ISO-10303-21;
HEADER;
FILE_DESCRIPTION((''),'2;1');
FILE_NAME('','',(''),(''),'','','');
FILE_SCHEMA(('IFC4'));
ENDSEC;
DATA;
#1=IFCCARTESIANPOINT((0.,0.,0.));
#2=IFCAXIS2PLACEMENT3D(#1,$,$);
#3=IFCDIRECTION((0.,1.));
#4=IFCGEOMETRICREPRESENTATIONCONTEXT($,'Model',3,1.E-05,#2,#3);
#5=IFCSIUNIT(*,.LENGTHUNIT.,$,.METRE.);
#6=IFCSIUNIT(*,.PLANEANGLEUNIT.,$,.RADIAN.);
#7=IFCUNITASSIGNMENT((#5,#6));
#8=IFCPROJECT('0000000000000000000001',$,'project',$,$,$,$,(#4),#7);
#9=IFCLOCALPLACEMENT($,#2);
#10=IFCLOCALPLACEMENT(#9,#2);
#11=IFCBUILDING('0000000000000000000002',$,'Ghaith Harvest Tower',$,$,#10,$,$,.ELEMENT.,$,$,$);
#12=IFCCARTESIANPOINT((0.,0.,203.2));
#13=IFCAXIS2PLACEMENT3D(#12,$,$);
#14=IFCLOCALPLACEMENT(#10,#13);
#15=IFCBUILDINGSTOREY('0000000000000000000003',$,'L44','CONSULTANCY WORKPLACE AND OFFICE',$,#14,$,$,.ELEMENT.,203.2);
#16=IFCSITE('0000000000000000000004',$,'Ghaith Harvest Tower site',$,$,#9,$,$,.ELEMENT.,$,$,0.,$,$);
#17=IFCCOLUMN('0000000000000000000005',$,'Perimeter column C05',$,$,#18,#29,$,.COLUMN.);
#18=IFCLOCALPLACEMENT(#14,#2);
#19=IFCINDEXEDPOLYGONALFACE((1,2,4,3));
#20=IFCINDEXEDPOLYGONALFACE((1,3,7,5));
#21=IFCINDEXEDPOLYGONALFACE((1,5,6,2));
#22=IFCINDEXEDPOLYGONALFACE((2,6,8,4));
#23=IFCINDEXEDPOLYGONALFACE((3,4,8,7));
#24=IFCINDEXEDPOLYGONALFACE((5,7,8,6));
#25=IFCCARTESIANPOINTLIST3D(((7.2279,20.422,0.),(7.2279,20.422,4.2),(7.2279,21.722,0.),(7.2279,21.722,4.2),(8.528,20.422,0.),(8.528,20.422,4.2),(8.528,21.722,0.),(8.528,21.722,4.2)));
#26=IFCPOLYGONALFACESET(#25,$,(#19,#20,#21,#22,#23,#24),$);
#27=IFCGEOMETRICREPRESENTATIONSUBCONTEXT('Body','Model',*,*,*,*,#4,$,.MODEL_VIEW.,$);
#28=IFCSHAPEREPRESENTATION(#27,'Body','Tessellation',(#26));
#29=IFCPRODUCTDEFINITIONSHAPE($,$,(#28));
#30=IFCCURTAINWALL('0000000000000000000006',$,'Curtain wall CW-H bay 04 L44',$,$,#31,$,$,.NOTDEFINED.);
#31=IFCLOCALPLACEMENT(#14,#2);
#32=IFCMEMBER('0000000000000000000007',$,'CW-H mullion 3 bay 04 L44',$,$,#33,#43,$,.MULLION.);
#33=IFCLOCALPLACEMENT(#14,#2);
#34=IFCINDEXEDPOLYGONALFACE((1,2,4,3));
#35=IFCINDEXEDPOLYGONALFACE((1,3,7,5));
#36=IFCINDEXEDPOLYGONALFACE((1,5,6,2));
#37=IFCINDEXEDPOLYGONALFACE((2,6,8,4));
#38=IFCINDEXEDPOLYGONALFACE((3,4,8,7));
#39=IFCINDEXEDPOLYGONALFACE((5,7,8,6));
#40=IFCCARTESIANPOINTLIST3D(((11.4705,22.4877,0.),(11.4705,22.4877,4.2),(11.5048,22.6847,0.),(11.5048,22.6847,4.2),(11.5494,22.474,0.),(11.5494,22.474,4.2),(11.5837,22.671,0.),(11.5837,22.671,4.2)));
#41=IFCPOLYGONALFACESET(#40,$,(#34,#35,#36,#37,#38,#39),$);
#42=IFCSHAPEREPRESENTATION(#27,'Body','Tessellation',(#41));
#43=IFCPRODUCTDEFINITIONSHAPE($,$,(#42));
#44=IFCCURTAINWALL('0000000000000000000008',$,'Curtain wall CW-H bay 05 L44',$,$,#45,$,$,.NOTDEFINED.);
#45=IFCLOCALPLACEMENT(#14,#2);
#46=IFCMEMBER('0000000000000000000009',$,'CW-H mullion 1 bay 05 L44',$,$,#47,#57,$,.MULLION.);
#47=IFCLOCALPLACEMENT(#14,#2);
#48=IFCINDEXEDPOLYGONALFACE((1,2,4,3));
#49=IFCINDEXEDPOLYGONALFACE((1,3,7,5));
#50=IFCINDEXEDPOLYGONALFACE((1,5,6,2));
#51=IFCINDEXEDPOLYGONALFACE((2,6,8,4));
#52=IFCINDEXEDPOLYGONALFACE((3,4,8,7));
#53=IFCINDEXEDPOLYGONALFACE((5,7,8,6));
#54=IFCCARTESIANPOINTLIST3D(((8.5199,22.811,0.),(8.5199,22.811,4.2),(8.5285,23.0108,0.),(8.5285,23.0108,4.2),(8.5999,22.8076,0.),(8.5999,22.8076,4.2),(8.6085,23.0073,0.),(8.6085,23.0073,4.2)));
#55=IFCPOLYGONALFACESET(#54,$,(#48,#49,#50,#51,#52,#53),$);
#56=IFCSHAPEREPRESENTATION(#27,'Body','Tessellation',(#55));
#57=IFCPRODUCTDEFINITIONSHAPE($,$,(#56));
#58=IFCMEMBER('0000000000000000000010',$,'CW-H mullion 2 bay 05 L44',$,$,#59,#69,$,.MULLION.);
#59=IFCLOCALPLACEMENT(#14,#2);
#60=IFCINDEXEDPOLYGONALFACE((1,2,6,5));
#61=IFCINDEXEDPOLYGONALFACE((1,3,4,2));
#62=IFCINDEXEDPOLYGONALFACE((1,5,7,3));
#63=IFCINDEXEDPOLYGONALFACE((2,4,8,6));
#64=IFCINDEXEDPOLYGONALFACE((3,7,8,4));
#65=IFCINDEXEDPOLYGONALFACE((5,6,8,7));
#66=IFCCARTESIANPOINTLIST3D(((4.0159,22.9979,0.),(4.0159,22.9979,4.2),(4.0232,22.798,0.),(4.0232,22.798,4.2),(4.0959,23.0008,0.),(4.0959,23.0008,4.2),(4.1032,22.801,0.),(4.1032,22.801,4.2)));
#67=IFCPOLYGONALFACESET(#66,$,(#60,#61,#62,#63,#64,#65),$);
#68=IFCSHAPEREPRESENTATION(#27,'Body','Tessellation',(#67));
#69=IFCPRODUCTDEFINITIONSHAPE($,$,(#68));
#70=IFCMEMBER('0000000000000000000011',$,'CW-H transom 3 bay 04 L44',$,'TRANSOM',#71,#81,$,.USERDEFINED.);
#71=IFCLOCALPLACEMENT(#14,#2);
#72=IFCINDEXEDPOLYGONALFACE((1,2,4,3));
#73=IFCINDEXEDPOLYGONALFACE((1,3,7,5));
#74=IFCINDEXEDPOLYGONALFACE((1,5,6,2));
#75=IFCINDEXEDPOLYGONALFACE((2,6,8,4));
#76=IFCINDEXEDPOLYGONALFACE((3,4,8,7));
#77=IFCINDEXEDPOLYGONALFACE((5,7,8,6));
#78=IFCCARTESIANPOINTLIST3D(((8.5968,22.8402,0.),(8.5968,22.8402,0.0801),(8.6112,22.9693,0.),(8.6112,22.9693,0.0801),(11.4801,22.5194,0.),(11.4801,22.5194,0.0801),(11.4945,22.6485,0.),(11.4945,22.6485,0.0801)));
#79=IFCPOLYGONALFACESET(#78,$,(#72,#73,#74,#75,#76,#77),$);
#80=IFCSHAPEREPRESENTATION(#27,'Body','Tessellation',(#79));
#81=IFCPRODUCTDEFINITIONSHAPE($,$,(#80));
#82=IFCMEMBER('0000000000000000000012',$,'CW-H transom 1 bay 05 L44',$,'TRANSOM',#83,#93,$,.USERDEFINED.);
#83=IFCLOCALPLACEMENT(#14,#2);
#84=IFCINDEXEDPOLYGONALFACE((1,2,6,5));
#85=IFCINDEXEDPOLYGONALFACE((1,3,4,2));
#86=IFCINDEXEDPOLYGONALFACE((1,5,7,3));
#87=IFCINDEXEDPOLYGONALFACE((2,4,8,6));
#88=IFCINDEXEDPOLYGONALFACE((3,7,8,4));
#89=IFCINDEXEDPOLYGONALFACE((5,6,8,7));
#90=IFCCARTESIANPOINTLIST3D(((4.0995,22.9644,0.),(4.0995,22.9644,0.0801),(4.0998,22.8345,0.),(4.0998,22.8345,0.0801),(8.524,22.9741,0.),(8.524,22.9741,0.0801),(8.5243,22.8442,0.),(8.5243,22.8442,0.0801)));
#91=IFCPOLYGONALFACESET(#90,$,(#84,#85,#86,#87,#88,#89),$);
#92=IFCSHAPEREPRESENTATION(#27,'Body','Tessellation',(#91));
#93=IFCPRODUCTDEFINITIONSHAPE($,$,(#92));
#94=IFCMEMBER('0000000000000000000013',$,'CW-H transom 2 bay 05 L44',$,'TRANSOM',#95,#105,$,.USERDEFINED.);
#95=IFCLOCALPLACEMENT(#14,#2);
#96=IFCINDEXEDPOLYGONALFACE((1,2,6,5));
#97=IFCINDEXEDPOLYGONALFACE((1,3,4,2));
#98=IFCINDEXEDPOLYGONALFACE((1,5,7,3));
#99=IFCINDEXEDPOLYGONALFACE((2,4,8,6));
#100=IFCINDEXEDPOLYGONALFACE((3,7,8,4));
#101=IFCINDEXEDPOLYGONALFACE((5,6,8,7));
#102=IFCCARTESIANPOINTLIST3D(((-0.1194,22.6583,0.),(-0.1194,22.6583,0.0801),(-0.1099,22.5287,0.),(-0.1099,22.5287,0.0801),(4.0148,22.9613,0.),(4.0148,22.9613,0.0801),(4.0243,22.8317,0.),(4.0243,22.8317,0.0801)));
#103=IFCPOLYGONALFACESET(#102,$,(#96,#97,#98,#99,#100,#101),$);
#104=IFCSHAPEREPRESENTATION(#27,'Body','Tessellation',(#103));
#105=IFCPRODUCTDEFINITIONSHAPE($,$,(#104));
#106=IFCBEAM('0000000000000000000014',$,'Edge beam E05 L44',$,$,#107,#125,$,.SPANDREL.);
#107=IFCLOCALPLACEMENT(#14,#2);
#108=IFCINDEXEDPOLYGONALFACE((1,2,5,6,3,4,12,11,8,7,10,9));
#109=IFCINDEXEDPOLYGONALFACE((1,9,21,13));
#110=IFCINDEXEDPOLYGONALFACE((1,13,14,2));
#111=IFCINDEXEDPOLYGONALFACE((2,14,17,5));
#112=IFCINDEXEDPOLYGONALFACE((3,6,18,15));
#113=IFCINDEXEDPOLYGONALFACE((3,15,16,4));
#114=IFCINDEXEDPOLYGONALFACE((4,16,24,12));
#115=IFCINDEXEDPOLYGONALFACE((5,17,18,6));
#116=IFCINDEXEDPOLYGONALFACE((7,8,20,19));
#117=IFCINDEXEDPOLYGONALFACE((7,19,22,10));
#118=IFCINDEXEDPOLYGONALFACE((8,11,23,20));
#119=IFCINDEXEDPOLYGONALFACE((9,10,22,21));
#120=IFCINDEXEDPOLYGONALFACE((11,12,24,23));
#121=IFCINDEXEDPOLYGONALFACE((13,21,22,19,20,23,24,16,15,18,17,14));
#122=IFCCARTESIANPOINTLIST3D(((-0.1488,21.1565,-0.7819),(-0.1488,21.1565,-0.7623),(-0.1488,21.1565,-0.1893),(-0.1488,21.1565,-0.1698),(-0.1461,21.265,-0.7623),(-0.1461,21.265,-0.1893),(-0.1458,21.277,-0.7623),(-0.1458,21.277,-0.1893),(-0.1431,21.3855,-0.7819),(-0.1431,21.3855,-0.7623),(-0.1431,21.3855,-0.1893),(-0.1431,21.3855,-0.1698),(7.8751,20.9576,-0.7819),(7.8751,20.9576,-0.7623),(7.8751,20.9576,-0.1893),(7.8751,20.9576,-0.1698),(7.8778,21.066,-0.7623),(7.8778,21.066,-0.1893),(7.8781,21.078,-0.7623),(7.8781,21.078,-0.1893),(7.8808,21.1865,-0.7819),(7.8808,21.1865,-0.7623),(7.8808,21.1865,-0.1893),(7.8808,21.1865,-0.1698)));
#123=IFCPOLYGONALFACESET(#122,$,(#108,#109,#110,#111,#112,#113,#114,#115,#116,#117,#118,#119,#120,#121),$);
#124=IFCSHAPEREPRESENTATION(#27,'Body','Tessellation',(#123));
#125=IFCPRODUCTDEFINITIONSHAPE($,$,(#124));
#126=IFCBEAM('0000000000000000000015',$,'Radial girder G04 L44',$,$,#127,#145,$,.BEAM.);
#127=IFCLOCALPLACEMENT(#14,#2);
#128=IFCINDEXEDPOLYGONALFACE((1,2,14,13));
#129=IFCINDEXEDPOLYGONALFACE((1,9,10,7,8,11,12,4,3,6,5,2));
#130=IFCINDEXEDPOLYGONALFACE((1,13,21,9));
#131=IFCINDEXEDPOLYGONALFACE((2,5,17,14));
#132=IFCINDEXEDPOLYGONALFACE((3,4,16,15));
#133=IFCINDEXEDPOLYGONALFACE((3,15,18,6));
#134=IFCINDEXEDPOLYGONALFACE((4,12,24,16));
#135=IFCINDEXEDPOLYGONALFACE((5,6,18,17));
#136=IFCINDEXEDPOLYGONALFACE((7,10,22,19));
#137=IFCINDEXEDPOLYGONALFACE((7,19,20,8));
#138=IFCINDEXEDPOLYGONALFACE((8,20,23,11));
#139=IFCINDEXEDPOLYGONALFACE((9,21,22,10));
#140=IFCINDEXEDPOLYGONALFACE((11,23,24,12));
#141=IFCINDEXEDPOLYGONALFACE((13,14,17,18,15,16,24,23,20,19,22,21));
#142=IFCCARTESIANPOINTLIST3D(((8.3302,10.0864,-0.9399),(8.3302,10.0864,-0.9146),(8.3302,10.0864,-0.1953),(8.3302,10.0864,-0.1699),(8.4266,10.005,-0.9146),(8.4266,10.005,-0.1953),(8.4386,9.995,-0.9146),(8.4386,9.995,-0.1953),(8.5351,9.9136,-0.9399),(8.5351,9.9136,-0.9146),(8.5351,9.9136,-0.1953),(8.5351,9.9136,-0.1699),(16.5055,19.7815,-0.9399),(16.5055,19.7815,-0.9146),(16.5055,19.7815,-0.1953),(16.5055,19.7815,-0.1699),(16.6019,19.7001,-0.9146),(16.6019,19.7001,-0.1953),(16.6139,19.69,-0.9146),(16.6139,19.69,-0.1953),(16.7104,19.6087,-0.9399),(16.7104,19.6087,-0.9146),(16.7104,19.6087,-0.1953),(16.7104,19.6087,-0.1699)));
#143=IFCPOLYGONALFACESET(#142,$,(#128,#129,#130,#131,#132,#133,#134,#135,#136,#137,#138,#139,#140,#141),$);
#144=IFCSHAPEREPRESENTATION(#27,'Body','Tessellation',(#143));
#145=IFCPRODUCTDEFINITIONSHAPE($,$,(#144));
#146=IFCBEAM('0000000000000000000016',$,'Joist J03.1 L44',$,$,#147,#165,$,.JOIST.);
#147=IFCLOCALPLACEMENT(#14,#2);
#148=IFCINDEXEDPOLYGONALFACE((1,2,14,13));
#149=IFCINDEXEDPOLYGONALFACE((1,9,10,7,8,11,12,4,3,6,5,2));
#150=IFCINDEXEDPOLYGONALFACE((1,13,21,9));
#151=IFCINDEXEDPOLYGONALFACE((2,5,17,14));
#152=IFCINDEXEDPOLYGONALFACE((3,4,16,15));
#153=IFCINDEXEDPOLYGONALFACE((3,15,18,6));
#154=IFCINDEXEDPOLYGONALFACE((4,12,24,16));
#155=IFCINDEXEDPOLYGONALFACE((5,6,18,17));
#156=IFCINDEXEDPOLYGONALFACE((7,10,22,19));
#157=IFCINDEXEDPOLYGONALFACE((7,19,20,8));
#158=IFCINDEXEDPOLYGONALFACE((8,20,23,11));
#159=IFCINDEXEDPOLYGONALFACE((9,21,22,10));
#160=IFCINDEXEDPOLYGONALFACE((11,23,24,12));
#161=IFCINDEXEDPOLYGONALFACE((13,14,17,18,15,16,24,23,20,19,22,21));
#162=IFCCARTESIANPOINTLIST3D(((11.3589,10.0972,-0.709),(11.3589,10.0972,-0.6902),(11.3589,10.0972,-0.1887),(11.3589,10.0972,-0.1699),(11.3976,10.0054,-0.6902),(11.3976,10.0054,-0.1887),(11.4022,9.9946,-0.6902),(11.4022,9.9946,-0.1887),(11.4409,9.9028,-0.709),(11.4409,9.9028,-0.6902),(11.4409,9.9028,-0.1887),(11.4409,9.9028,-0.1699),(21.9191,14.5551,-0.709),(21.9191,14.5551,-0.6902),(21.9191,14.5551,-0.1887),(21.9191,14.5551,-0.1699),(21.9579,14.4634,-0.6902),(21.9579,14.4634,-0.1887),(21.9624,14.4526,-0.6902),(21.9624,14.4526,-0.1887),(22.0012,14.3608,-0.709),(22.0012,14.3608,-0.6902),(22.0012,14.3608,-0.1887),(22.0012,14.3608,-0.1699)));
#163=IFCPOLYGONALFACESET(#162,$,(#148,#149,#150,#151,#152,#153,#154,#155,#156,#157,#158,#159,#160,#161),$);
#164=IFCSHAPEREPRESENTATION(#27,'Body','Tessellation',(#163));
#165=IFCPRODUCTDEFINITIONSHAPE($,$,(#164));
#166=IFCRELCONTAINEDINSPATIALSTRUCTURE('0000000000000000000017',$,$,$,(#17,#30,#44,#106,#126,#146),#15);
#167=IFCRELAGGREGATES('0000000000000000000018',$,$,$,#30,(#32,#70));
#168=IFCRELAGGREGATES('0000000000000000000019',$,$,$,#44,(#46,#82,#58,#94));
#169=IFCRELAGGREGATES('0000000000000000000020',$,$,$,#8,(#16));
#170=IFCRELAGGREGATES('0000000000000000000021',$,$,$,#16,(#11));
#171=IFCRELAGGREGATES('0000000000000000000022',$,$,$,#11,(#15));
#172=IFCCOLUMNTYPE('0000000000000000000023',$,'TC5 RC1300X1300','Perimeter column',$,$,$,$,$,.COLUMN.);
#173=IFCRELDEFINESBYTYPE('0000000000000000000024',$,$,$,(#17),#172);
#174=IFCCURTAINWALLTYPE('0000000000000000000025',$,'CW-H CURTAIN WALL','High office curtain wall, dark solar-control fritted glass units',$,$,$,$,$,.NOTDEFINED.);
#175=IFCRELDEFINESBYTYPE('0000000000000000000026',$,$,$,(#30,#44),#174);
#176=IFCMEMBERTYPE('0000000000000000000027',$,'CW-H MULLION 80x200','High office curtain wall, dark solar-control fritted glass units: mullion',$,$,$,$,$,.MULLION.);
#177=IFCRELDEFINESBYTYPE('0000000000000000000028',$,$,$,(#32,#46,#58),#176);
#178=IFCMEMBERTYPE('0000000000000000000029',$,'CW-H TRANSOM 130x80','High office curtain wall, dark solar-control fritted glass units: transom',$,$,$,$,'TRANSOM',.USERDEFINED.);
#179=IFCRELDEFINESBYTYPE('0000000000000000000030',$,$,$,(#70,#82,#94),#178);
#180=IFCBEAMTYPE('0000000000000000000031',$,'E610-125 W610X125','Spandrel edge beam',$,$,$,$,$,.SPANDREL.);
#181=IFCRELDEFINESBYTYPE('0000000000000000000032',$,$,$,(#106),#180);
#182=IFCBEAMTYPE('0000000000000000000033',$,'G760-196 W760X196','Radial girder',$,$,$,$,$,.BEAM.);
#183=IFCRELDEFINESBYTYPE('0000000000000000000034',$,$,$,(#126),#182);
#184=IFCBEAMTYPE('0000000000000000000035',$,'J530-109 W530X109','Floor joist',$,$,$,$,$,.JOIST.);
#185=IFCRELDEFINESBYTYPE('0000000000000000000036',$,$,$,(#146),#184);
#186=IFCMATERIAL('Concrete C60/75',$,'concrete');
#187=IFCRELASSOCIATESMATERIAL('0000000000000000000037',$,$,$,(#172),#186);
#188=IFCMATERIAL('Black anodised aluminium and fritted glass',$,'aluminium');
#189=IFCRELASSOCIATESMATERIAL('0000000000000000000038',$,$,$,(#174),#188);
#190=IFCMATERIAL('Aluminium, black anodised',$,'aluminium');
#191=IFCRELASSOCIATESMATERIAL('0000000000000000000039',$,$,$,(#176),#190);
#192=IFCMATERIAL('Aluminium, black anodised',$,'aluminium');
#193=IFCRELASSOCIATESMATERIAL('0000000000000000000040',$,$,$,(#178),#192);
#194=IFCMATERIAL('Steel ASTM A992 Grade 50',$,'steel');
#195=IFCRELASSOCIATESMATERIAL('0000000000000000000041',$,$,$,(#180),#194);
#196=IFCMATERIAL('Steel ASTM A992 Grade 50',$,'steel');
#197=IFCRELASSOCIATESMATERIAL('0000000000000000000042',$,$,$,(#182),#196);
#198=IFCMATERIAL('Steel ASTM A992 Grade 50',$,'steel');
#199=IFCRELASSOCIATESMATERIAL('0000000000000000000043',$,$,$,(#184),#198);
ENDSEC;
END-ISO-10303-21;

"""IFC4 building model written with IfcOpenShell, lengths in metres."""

from ifc_helpers import new_model, si_unit, direction, frame, origin, origin_2d, place, context, subcontext, project, spatial, rectangle, i_section, extrude, material, material_profile, profile_set, type_object, element, aggregate, save


model = new_model("IFC4")

# Units and contexts
model_context = context("Model", 3, precision=1e-05, world=origin(), true_north=direction((0.0, 1.0)))
body_context = subcontext(model_context, "Body", "Model", "MODEL_VIEW")
ifc_project = project(units=[si_unit("LENGTHUNIT", "METRE"), si_unit("PLANEANGLEUNIT", "RADIAN")], contexts=[model_context])

# Site, building, storey
site_placement = place(None, origin())
site = spatial("IfcSite", under=ifc_project, at=site_placement, Name="Ghaith Harvest Tower site", CompositionType="ELEMENT", RefElevation=0.0)
building_placement = place(site_placement, origin())
building = spatial("IfcBuilding", under=site, at=building_placement, Name="Ghaith Harvest Tower", CompositionType="ELEMENT")
storey_placement = place(building_placement, frame((0.0, 0.0, 203.2)))
storey = spatial("IfcBuildingStorey", under=building, at=storey_placement, Name="L44", Description="CONSULTANCY WORKPLACE AND OFFICE", CompositionType="ELEMENT", Elevation=203.2)

# Column
ifc_material_1 = material(Name="Concrete C60/75", Category="concrete")
ifc_material_profile_1 = material_profile(ifc_material_1, rectangle(XDim=1.3, YDim=1.3, at=origin_2d()), Name="RC1300X1300")
ifc_profile_set_1 = profile_set([ifc_material_profile_1], Name="Concrete C60/75")
column_type = type_object("IfcColumnType", Name="TC5 RC1300X1300", Description="Perimeter column", PredefinedType="COLUMN", material=ifc_profile_set_1)
column_placement = place(storey_placement, frame((7.8779, 21.072, 0.0), z_axis=(0.0, 0.0, 1.0), x_axis=(1.0, 0.0, 0.0)))
element("IfcColumn", 1, at=column_placement, inside=storey, type_object=column_type, Name="Perimeter column C05", PredefinedType="COLUMN", context=body_context, shape_type="SweptSolid", body=[
    extrude(rectangle(XDim=1.3, YDim=1.3, at=origin_2d()), origin(), (0.0, 0.0, 1.0), 4.2),
])

# Curtain wall, member
ifc_material_2 = material(Name="Black anodised aluminium and fritted glass", Category="aluminium")
curtain_wall_type = type_object("IfcCurtainWallType", Name="CW-H CURTAIN WALL", Description="High office curtain wall, dark solar-control fritted glass units", PredefinedType="NOTDEFINED", material=ifc_material_2)
curtain_wall_1_placement = place(storey_placement, origin())
curtain_wall_1 = element("IfcCurtainWall", 2, at=curtain_wall_1_placement, inside=storey, type_object=curtain_wall_type, Name="Curtain wall CW-H bay 04 L44", PredefinedType="NOTDEFINED")
ifc_material_3 = material(Name="Aluminium, black anodised", Category="aluminium")
ifc_material_profile_2 = material_profile(ifc_material_3, rectangle(XDim=0.0801, YDim=0.2, at=origin_2d()), Name="CW-H MULLION 80x200")
ifc_profile_set_2 = profile_set([ifc_material_profile_2], Name="Aluminium, black anodised")
member_type_1 = type_object("IfcMemberType", Name="CW-H MULLION 80x200", Description="High office curtain wall, dark solar-control fritted glass units: mullion", PredefinedType="MULLION", material=ifc_profile_set_2)
member_1_placement = place(storey_placement, frame((11.5271, 22.5793, 0.0), z_axis=(0.0, 0.0, 1.0), x_axis=(-0.985193, 0.171447, 0.0)))
member_1 = element("IfcMember", 3, at=member_1_placement, type_object=member_type_1, Name="CW-H mullion 3 bay 04 L44", PredefinedType="MULLION", context=body_context, shape_type="SweptSolid", body=[
    extrude(rectangle(XDim=0.0801, YDim=0.2, at=origin_2d()), origin(), (0.0, 0.0, 1.0), 4.2),
])

# Curtain wall, members
curtain_wall_2_placement = place(storey_placement, origin())
curtain_wall_2 = element("IfcCurtainWall", 4, at=curtain_wall_2_placement, inside=storey, type_object=curtain_wall_type, Name="Curtain wall CW-H bay 05 L44", PredefinedType="NOTDEFINED")
member_2_placement = place(storey_placement, frame((8.5642, 22.9092, 0.0), z_axis=(0.0, 0.0, 1.0), x_axis=(-0.999084, 0.042803, 0.0)))
member_2 = element("IfcMember", 5, at=member_2_placement, type_object=member_type_1, Name="CW-H mullion 1 bay 05 L44", PredefinedType="MULLION", context=body_context, shape_type="SweptSolid", body=[
    extrude(rectangle(XDim=0.0801, YDim=0.2, at=origin_2d()), origin(), (0.0, 0.0, 1.0), 4.2),
])
member_3_placement = place(storey_placement, frame((4.0596, 22.8994, 0.0), z_axis=(0.0, 0.0, 1.0), x_axis=(-0.999333, -0.036524, 0.0)))
member_3 = element("IfcMember", 6, at=member_3_placement, type_object=member_type_1, Name="CW-H mullion 2 bay 05 L44", PredefinedType="MULLION", context=body_context, shape_type="SweptSolid", body=[
    extrude(rectangle(XDim=0.0801, YDim=0.2, at=origin_2d()), origin(), (0.0, 0.0, 1.0), 4.2),
])

# Members
ifc_material_4 = material(Name="Aluminium, black anodised", Category="aluminium")
ifc_material_profile_3 = material_profile(ifc_material_4, rectangle(XDim=0.1299, YDim=0.0801, at=origin_2d()), Name="CW-H TRANSOM 130x80")
ifc_profile_set_3 = profile_set([ifc_material_profile_3], Name="Aluminium, black anodised")
member_type_2 = type_object("IfcMemberType", Name="CW-H TRANSOM 130x80", Description="High office curtain wall, dark solar-control fritted glass units: transom", ElementType="TRANSOM", PredefinedType="USERDEFINED", material=ifc_profile_set_3)
member_4_placement = place(storey_placement, frame((11.4873, 22.584, 0.04), z_axis=(-0.993867, 0.110579, 0.0), x_axis=(-0.110579, -0.993867, 0.0)))
member_4 = element("IfcMember", 7, at=member_4_placement, type_object=member_type_2, Name="CW-H transom 3 bay 04 L44", ObjectType="TRANSOM", PredefinedType="USERDEFINED", context=body_context, shape_type="SweptSolid", body=[
    extrude(rectangle(XDim=0.1299, YDim=0.0801, at=origin_2d()), origin(), (0.0, 0.0, 1.0), 2.9011),
])
member_5_placement = place(storey_placement, frame((8.5242, 22.9092, 0.04), z_axis=(-0.999998, -0.002207, 0.0), x_axis=(0.002207, -0.999998, 0.0)))
member_5 = element("IfcMember", 8, at=member_5_placement, type_object=member_type_2, Name="CW-H transom 1 bay 05 L44", ObjectType="TRANSOM", PredefinedType="USERDEFINED", context=body_context, shape_type="SweptSolid", body=[
    extrude(rectangle(XDim=0.1299, YDim=0.0801, at=origin_2d()), origin(), (0.0, 0.0, 1.0), 4.4246),
])
member_6_placement = place(storey_placement, frame((4.0195, 22.8965, 0.04), z_axis=(-0.997325, -0.073089, 0.0), x_axis=(0.073089, -0.997325, 0.0)))
member_6 = element("IfcMember", 9, at=member_6_placement, type_object=member_type_2, Name="CW-H transom 2 bay 05 L44", ObjectType="TRANSOM", PredefinedType="USERDEFINED", context=body_context, shape_type="SweptSolid", body=[
    extrude(rectangle(XDim=0.1299, YDim=0.0801, at=origin_2d()), origin(), (0.0, 0.0, 1.0), 4.1453),
])

# Beams
ifc_material_5 = material(Name="Steel ASTM A992 Grade 50", Category="steel")
ifc_material_profile_4 = material_profile(ifc_material_5, i_section(OverallWidth=0.229, OverallDepth=0.6121, WebThickness=0.012, FlangeThickness=0.0195, at=origin_2d()), Name="W610X125")
ifc_profile_set_4 = profile_set([ifc_material_profile_4], Name="Steel ASTM A992 Grade 50")
beam_type_1 = type_object("IfcBeamType", Name="E610-125 W610X125", Description="Spandrel edge beam", PredefinedType="SPANDREL", material=ifc_profile_set_4)
beam_1_placement = place(storey_placement, frame((7.8779, 21.072, -0.4758), z_axis=(-0.999693, 0.02479, 0.0), x_axis=(-0.02479, -0.999693, 0.0)))
element("IfcBeam", 10, at=beam_1_placement, inside=storey, type_object=beam_type_1, Name="Edge beam E05 L44", PredefinedType="SPANDREL", context=body_context, shape_type="SweptSolid", body=[
    extrude(i_section(OverallWidth=0.229, OverallDepth=0.6121, WebThickness=0.012, FlangeThickness=0.0195, at=origin_2d()), origin(), (0.0, 0.0, 1.0), 8.0264),
])
ifc_material_6 = material(Name="Steel ASTM A992 Grade 50", Category="steel")
ifc_material_profile_5 = material_profile(ifc_material_6, i_section(OverallWidth=0.2681, OverallDepth=0.77, WebThickness=0.0156, FlangeThickness=0.0254, at=origin_2d()), Name="W760X196")
ifc_profile_set_5 = profile_set([ifc_material_profile_5], Name="Steel ASTM A992 Grade 50")
beam_type_2 = type_object("IfcBeamType", Name="G760-196 W760X196", Description="Radial girder", PredefinedType="BEAM", material=ifc_profile_set_5)
beam_2_placement = place(storey_placement, frame((8.4326, 10.0, -0.5549), z_axis=(0.644644, 0.764483, 0.0), x_axis=(-0.764483, 0.644644, 0.0)))
element("IfcBeam", 11, at=beam_2_placement, inside=storey, type_object=beam_type_2, Name="Radial girder G04 L44", PredefinedType="BEAM", context=body_context, shape_type="SweptSolid", body=[
    extrude(i_section(OverallWidth=0.2681, OverallDepth=0.77, WebThickness=0.0156, FlangeThickness=0.0254, at=origin_2d()), origin(), (0.0, 0.0, 1.0), 12.6819),
])
ifc_material_7 = material(Name="Steel ASTM A992 Grade 50", Category="steel")
ifc_material_profile_6 = material_profile(ifc_material_7, i_section(OverallWidth=0.2109, OverallDepth=0.5391, WebThickness=0.0117, FlangeThickness=0.0188, at=origin_2d()), Name="W530X109")
ifc_profile_set_6 = profile_set([ifc_material_profile_6], Name="Steel ASTM A992 Grade 50")
beam_type_3 = type_object("IfcBeamType", Name="J530-109 W530X109", Description="Floor joist", PredefinedType="JOIST", material=ifc_profile_set_6)
beam_3_placement = place(storey_placement, frame((11.3999, 10.0, -0.4395), z_axis=(0.921274, 0.388914, 0.0), x_axis=(-0.388914, 0.921274, 0.0)))
element("IfcBeam", 12, at=beam_3_placement, inside=storey, type_object=beam_type_3, Name="Joist J03.1 L44", PredefinedType="JOIST", context=body_context, shape_type="SweptSolid", body=[
    extrude(i_section(OverallWidth=0.2109, OverallDepth=0.5391, WebThickness=0.0117, FlangeThickness=0.0188, at=origin_2d()), origin(), (0.0, 0.0, 1.0), 11.4626),
])

aggregate(curtain_wall_1, [member_1, member_4])
aggregate(curtain_wall_2, [member_2, member_5, member_3, member_6])

save(model, "model.ifc")
